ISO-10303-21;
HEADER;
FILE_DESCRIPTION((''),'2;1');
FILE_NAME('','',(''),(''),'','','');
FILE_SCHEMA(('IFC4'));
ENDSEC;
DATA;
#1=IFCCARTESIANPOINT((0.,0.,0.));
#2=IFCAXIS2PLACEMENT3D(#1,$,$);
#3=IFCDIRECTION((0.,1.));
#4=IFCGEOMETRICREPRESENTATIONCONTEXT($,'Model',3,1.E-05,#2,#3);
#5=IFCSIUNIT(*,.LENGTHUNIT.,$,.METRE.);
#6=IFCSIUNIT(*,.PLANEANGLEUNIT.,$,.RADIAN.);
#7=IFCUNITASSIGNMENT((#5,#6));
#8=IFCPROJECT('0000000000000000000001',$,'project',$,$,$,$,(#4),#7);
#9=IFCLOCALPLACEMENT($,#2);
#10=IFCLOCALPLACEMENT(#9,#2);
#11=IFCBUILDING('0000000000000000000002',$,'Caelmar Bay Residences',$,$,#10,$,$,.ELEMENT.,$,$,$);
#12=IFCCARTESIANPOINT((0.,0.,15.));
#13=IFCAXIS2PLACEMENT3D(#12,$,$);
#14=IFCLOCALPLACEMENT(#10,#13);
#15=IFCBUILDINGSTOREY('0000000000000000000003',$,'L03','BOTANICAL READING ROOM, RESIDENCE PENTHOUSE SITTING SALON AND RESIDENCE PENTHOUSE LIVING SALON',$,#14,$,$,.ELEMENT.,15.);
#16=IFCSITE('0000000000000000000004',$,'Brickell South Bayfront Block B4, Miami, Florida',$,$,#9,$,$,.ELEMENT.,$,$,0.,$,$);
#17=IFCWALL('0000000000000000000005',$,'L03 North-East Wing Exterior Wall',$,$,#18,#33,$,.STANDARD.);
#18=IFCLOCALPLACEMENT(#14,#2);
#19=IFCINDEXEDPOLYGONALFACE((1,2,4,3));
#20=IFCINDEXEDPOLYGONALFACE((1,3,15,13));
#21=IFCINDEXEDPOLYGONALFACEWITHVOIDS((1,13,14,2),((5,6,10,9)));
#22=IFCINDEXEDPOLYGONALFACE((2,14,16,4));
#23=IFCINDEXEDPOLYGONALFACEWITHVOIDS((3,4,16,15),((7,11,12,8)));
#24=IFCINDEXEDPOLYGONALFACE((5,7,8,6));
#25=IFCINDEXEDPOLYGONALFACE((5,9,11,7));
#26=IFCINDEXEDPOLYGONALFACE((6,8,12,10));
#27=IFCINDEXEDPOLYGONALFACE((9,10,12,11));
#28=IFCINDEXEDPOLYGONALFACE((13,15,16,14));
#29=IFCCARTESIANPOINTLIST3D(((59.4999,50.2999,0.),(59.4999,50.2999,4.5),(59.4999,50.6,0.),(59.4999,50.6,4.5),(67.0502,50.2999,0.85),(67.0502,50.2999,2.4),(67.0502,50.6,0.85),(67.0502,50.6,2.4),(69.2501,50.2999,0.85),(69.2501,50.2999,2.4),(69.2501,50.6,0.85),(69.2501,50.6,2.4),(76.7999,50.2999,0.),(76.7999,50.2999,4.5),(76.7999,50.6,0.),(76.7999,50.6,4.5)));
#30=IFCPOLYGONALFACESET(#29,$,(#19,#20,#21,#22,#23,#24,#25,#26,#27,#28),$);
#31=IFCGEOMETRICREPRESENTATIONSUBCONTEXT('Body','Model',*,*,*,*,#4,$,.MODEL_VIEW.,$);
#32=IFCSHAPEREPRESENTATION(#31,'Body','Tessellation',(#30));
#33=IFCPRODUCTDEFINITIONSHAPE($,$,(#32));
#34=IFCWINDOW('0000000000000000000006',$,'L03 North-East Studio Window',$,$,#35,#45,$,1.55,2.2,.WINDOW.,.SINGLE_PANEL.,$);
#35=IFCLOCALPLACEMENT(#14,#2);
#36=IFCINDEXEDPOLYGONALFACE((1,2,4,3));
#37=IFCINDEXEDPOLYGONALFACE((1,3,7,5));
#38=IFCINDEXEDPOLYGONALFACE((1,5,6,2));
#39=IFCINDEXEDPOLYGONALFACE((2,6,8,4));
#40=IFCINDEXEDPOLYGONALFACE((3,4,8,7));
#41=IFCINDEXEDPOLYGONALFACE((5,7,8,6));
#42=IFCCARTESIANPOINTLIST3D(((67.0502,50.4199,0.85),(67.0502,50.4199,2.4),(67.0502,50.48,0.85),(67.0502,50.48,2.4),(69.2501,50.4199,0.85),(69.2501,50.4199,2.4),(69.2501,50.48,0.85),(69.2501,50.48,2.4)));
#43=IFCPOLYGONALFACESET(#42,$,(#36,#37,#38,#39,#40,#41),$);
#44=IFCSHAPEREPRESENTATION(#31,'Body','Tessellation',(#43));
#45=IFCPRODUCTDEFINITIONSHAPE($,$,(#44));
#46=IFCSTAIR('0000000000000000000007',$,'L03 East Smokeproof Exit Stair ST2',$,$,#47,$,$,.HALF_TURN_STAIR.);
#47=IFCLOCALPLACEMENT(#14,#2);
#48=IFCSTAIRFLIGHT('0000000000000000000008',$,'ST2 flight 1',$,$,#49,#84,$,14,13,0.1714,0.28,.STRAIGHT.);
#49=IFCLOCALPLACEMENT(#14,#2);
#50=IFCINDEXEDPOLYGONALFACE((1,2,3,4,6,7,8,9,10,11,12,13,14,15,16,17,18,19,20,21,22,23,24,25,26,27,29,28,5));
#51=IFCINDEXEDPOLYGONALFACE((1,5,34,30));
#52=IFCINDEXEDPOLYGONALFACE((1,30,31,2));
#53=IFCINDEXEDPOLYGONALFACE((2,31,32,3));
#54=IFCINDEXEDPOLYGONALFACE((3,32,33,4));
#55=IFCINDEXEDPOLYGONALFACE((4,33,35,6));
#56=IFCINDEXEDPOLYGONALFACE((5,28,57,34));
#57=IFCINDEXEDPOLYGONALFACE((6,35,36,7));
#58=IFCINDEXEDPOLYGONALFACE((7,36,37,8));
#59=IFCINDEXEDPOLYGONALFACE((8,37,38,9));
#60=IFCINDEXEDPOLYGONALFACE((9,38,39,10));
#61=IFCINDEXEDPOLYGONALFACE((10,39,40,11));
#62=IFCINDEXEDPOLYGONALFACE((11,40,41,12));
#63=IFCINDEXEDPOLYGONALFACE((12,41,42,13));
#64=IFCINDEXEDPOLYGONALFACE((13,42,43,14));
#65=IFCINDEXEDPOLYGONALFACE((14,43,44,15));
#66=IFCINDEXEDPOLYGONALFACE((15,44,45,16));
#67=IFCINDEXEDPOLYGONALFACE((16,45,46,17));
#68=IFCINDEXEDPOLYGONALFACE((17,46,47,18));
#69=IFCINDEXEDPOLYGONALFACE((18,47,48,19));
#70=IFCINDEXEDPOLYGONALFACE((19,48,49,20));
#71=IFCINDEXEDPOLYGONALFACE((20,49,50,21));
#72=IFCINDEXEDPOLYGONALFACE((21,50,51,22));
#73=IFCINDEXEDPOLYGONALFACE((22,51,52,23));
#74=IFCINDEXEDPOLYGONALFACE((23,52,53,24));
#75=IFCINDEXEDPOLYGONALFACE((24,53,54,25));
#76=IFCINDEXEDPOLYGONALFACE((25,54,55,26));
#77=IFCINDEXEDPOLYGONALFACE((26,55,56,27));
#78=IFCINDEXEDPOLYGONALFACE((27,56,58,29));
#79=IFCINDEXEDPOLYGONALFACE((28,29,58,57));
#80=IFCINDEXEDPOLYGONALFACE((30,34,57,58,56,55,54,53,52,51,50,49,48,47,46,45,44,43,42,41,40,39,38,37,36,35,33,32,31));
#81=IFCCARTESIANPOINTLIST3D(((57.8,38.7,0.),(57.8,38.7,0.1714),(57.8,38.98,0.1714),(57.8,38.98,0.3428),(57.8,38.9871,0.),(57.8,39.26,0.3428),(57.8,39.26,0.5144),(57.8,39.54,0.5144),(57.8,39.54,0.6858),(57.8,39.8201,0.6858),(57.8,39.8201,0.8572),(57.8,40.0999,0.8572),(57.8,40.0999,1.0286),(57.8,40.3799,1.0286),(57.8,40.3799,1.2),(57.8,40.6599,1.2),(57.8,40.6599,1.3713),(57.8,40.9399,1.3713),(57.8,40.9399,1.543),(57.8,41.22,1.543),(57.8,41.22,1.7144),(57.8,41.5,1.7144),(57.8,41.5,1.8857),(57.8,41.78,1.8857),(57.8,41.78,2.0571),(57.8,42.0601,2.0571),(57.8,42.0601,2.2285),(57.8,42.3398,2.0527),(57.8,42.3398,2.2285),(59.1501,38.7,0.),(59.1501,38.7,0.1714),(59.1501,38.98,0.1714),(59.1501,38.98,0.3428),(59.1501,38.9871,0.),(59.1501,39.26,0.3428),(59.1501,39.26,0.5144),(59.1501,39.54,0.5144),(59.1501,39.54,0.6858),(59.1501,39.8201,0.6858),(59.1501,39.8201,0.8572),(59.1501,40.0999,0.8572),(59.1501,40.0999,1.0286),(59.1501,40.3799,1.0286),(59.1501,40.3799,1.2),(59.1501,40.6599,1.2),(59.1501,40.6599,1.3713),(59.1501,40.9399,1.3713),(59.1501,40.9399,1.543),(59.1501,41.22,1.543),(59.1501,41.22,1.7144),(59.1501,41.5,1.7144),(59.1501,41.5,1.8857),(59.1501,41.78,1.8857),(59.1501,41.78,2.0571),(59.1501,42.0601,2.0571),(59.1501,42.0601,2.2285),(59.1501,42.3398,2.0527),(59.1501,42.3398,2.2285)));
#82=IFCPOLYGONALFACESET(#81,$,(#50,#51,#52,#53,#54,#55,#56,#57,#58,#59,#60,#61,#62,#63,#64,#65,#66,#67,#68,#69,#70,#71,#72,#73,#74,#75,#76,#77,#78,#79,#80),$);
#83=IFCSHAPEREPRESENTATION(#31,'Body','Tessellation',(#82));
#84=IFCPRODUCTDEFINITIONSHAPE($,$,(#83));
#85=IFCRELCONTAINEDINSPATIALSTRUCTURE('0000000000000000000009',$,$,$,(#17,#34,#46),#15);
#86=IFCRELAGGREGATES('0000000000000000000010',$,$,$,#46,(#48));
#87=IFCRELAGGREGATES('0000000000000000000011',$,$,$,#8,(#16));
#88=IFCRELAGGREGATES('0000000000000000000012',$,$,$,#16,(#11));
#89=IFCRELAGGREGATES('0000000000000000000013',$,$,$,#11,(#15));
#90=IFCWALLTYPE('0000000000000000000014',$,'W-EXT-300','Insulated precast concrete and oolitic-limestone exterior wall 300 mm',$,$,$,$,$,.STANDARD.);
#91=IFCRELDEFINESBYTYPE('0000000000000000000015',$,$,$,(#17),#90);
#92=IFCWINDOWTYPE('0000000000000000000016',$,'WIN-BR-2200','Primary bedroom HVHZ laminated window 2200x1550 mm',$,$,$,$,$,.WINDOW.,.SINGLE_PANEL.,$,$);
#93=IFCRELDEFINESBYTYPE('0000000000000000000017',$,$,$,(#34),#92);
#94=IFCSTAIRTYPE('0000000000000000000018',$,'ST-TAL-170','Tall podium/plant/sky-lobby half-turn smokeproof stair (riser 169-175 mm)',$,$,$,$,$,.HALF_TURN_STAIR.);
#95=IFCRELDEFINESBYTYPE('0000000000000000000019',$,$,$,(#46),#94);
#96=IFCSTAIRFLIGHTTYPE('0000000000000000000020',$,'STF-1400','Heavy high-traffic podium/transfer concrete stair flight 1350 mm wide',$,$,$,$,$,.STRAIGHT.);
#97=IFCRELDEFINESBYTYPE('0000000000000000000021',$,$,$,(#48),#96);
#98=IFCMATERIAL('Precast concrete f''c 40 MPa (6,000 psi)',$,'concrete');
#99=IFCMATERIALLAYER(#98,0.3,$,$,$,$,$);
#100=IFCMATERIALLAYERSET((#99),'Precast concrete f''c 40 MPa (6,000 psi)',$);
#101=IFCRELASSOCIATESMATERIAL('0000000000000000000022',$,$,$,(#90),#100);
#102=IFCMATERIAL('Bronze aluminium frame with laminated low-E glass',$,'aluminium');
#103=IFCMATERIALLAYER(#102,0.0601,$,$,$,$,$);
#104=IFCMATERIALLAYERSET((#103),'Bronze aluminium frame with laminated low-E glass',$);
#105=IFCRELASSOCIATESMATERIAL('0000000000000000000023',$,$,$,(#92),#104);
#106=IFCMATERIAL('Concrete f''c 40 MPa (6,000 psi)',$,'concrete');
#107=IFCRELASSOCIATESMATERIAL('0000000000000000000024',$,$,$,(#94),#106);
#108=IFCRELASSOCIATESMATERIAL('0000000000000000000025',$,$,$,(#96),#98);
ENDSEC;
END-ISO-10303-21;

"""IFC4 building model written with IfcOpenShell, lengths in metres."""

from ifc_helpers import new_model, si_unit, direction, frame, frame_2d, origin, place, context, subcontext, project, spatial, polyline, rectangle, outline, extrude, material, layer, layer_set, type_object, element, fill, aggregate, save


model = new_model("IFC4")

# Units and contexts
model_context = context("Model", 3, precision=1e-05, world=origin(), true_north=direction((0.0, 1.0)))
body_context = subcontext(model_context, "Body", "Model", "MODEL_VIEW")
ifc_project = project(units=[si_unit("LENGTHUNIT", "METRE"), si_unit("PLANEANGLEUNIT", "RADIAN")], contexts=[model_context])

# Site, building, storey
site_placement = place(None, origin())
site = spatial("IfcSite", under=ifc_project, at=site_placement, Name="Brickell South Bayfront Block B4, Miami, Florida", CompositionType="ELEMENT", RefElevation=0.0)
building_placement = place(site_placement, origin())
building = spatial("IfcBuilding", under=site, at=building_placement, Name="Caelmar Bay Residences", CompositionType="ELEMENT")
storey_placement = place(building_placement, frame((0.0, 0.0, 15.0)))
storey = spatial("IfcBuildingStorey", under=building, at=storey_placement, Name="L03", Description="BOTANICAL READING ROOM, RESIDENCE PENTHOUSE SITTING SALON AND RESIDENCE PENTHOUSE LIVING SALON", CompositionType="ELEMENT", Elevation=15.0)

# Shared definitions
ifc_material_1 = material(Name="Precast concrete f'c 40 MPa (6,000 psi)", Category="concrete")
ifc_layer_1 = layer(ifc_material_1, 0.3)
ifc_layer_set_1 = layer_set([ifc_layer_1], Name="Precast concrete f'c 40 MPa (6,000 psi)")
wall_type_1 = type_object("IfcWallType", Name="W-EXT-300", Description="Insulated precast concrete and oolitic-limestone exterior wall 300 mm", PredefinedType="STANDARD", material=ifc_layer_set_1)

# Wall, opening, window
wall_1_placement = place(storey_placement, frame((59.5, 50.45, 0.0), z_axis=(0.0, 0.0, 1.0), x_axis=(1.0, 0.0, 0.0)))
wall_1 = element("IfcWall", 1, at=wall_1_placement, inside=storey, type_object=wall_type_1, Name="L03 North-East Wing Exterior Wall", PredefinedType="STANDARD", context=body_context, shape_type="SweptSolid", body=[
    extrude(rectangle(XDim=17.3, YDim=0.3, at=frame_2d((8.6499, 0.0))), origin(), (0.0, 0.0, 1.0), 4.5),
])
opening_1_placement = place(wall_1_placement, frame((7.55, 0.0, 0.8501)))
opening_1 = element("IfcOpeningElement", 2, at=opening_1_placement, cuts=wall_1, PredefinedType="OPENING", context=body_context, shape_type="SweptSolid", body=[
    extrude(rectangle(XDim=2.2, YDim=1.55, at=frame_2d((1.1001, 0.7749))), frame((0.0, 0.1599, 0.0), z_axis=(0.0, -1.0, 0.0), x_axis=(1.0, 0.0, 0.0)), (0.0, 0.0, 1.0), 0.3201),
])
ifc_material_2 = material(Name="Bronze aluminium frame with laminated low-E glass", Category="aluminium")
ifc_layer_2 = layer(ifc_material_2, 0.0601)
ifc_layer_set_2 = layer_set([ifc_layer_2], Name="Bronze aluminium frame with laminated low-E glass")
window_type = type_object("IfcWindowType", Name="WIN-BR-2200", Description="Primary bedroom HVHZ laminated window 2200x1550 mm", PartitioningType="SINGLE_PANEL", PredefinedType="WINDOW", material=ifc_layer_set_2)
window_placement = place(opening_1_placement, origin())
window = element("IfcWindow", 3, at=window_placement, inside=storey, type_object=window_type, Name="L03 North-East Studio Window", OverallHeight=1.55, OverallWidth=2.2, PartitioningType="SINGLE_PANEL", PredefinedType="WINDOW", context=body_context, shape_type="SweptSolid", body=[
    extrude(rectangle(XDim=2.2, YDim=1.55, at=frame_2d((1.1001, 0.7749))), frame((0.0, 0.03, 0.0), z_axis=(0.0, -1.0, 0.0), x_axis=(1.0, 0.0, 0.0)), (0.0, 0.0, 1.0), 0.0601),
])
fill(opening_1, window)

# Stair, stair flight
ifc_material_3 = material(Name="Concrete f'c 40 MPa (6,000 psi)", Category="concrete")
stair_type = type_object("IfcStairType", Name="ST-TAL-170", Description="Tall podium/plant/sky-lobby half-turn smokeproof stair (riser 169-175 mm)", PredefinedType="HALF_TURN_STAIR", material=ifc_material_3)
stair_placement = place(storey_placement, origin())
stair = element("IfcStair", 4, at=stair_placement, inside=storey, type_object=stair_type, Name="L03 East Smokeproof Exit Stair ST2", PredefinedType="HALF_TURN_STAIR")
stair_flight_type = type_object("IfcStairFlightType", Name="STF-1400", Description="Heavy high-traffic podium/transfer concrete stair flight 1350 mm wide", PredefinedType="STRAIGHT", material=ifc_material_1)
stair_flight_placement = place(storey_placement, frame((58.4751, 38.7, 0.0), z_axis=(0.0, 0.0, 1.0), x_axis=(0.0, 1.0, 0.0)))
stair_flight = element("IfcStairFlight", 5, at=stair_flight_placement, type_object=stair_flight_type, Name="ST2 flight 1", NumberOfRisers=14, NumberOfTreads=13, PredefinedType="STRAIGHT", RiserHeight=0.1714, TreadLength=0.28, context=body_context, shape_type="SweptSolid", body=[
    extrude(outline(polyline([(0.0, 0.0), (0.0, 0.1714), (0.28, 0.1714), (0.28, 0.3428), (0.5601, 0.3428), (0.5601, 0.5144), (0.8401, 0.5144), (0.8401, 0.6858), (1.1201, 0.6858), (1.1201, 0.8572), (1.3999, 0.8572), (1.3999, 1.0286), (1.6799, 1.0286), (1.6799, 1.2), (1.96, 1.2), (1.96, 1.3713), (2.24, 1.3713), (2.24, 1.543), (2.52, 1.543), (2.52, 1.7144), (2.8, 1.7144), (2.8, 1.8857), (3.0801, 1.8857), (3.0801, 2.0571), (3.3601, 2.0571), (3.3601, 2.2285), (3.6399, 2.2285), (3.6399, 2.3999), (3.6399, 2.0527), (0.2871, 0.0), (0.0, 0.0)])), frame((0.0, 0.675, 0.0), z_axis=(0.0, -1.0, 0.0), x_axis=(1.0, 0.0, 0.0)), (0.0, 0.0, 1.0), 1.3501),
])
aggregate(stair, [stair_flight])

save(model, "model.ifc")
